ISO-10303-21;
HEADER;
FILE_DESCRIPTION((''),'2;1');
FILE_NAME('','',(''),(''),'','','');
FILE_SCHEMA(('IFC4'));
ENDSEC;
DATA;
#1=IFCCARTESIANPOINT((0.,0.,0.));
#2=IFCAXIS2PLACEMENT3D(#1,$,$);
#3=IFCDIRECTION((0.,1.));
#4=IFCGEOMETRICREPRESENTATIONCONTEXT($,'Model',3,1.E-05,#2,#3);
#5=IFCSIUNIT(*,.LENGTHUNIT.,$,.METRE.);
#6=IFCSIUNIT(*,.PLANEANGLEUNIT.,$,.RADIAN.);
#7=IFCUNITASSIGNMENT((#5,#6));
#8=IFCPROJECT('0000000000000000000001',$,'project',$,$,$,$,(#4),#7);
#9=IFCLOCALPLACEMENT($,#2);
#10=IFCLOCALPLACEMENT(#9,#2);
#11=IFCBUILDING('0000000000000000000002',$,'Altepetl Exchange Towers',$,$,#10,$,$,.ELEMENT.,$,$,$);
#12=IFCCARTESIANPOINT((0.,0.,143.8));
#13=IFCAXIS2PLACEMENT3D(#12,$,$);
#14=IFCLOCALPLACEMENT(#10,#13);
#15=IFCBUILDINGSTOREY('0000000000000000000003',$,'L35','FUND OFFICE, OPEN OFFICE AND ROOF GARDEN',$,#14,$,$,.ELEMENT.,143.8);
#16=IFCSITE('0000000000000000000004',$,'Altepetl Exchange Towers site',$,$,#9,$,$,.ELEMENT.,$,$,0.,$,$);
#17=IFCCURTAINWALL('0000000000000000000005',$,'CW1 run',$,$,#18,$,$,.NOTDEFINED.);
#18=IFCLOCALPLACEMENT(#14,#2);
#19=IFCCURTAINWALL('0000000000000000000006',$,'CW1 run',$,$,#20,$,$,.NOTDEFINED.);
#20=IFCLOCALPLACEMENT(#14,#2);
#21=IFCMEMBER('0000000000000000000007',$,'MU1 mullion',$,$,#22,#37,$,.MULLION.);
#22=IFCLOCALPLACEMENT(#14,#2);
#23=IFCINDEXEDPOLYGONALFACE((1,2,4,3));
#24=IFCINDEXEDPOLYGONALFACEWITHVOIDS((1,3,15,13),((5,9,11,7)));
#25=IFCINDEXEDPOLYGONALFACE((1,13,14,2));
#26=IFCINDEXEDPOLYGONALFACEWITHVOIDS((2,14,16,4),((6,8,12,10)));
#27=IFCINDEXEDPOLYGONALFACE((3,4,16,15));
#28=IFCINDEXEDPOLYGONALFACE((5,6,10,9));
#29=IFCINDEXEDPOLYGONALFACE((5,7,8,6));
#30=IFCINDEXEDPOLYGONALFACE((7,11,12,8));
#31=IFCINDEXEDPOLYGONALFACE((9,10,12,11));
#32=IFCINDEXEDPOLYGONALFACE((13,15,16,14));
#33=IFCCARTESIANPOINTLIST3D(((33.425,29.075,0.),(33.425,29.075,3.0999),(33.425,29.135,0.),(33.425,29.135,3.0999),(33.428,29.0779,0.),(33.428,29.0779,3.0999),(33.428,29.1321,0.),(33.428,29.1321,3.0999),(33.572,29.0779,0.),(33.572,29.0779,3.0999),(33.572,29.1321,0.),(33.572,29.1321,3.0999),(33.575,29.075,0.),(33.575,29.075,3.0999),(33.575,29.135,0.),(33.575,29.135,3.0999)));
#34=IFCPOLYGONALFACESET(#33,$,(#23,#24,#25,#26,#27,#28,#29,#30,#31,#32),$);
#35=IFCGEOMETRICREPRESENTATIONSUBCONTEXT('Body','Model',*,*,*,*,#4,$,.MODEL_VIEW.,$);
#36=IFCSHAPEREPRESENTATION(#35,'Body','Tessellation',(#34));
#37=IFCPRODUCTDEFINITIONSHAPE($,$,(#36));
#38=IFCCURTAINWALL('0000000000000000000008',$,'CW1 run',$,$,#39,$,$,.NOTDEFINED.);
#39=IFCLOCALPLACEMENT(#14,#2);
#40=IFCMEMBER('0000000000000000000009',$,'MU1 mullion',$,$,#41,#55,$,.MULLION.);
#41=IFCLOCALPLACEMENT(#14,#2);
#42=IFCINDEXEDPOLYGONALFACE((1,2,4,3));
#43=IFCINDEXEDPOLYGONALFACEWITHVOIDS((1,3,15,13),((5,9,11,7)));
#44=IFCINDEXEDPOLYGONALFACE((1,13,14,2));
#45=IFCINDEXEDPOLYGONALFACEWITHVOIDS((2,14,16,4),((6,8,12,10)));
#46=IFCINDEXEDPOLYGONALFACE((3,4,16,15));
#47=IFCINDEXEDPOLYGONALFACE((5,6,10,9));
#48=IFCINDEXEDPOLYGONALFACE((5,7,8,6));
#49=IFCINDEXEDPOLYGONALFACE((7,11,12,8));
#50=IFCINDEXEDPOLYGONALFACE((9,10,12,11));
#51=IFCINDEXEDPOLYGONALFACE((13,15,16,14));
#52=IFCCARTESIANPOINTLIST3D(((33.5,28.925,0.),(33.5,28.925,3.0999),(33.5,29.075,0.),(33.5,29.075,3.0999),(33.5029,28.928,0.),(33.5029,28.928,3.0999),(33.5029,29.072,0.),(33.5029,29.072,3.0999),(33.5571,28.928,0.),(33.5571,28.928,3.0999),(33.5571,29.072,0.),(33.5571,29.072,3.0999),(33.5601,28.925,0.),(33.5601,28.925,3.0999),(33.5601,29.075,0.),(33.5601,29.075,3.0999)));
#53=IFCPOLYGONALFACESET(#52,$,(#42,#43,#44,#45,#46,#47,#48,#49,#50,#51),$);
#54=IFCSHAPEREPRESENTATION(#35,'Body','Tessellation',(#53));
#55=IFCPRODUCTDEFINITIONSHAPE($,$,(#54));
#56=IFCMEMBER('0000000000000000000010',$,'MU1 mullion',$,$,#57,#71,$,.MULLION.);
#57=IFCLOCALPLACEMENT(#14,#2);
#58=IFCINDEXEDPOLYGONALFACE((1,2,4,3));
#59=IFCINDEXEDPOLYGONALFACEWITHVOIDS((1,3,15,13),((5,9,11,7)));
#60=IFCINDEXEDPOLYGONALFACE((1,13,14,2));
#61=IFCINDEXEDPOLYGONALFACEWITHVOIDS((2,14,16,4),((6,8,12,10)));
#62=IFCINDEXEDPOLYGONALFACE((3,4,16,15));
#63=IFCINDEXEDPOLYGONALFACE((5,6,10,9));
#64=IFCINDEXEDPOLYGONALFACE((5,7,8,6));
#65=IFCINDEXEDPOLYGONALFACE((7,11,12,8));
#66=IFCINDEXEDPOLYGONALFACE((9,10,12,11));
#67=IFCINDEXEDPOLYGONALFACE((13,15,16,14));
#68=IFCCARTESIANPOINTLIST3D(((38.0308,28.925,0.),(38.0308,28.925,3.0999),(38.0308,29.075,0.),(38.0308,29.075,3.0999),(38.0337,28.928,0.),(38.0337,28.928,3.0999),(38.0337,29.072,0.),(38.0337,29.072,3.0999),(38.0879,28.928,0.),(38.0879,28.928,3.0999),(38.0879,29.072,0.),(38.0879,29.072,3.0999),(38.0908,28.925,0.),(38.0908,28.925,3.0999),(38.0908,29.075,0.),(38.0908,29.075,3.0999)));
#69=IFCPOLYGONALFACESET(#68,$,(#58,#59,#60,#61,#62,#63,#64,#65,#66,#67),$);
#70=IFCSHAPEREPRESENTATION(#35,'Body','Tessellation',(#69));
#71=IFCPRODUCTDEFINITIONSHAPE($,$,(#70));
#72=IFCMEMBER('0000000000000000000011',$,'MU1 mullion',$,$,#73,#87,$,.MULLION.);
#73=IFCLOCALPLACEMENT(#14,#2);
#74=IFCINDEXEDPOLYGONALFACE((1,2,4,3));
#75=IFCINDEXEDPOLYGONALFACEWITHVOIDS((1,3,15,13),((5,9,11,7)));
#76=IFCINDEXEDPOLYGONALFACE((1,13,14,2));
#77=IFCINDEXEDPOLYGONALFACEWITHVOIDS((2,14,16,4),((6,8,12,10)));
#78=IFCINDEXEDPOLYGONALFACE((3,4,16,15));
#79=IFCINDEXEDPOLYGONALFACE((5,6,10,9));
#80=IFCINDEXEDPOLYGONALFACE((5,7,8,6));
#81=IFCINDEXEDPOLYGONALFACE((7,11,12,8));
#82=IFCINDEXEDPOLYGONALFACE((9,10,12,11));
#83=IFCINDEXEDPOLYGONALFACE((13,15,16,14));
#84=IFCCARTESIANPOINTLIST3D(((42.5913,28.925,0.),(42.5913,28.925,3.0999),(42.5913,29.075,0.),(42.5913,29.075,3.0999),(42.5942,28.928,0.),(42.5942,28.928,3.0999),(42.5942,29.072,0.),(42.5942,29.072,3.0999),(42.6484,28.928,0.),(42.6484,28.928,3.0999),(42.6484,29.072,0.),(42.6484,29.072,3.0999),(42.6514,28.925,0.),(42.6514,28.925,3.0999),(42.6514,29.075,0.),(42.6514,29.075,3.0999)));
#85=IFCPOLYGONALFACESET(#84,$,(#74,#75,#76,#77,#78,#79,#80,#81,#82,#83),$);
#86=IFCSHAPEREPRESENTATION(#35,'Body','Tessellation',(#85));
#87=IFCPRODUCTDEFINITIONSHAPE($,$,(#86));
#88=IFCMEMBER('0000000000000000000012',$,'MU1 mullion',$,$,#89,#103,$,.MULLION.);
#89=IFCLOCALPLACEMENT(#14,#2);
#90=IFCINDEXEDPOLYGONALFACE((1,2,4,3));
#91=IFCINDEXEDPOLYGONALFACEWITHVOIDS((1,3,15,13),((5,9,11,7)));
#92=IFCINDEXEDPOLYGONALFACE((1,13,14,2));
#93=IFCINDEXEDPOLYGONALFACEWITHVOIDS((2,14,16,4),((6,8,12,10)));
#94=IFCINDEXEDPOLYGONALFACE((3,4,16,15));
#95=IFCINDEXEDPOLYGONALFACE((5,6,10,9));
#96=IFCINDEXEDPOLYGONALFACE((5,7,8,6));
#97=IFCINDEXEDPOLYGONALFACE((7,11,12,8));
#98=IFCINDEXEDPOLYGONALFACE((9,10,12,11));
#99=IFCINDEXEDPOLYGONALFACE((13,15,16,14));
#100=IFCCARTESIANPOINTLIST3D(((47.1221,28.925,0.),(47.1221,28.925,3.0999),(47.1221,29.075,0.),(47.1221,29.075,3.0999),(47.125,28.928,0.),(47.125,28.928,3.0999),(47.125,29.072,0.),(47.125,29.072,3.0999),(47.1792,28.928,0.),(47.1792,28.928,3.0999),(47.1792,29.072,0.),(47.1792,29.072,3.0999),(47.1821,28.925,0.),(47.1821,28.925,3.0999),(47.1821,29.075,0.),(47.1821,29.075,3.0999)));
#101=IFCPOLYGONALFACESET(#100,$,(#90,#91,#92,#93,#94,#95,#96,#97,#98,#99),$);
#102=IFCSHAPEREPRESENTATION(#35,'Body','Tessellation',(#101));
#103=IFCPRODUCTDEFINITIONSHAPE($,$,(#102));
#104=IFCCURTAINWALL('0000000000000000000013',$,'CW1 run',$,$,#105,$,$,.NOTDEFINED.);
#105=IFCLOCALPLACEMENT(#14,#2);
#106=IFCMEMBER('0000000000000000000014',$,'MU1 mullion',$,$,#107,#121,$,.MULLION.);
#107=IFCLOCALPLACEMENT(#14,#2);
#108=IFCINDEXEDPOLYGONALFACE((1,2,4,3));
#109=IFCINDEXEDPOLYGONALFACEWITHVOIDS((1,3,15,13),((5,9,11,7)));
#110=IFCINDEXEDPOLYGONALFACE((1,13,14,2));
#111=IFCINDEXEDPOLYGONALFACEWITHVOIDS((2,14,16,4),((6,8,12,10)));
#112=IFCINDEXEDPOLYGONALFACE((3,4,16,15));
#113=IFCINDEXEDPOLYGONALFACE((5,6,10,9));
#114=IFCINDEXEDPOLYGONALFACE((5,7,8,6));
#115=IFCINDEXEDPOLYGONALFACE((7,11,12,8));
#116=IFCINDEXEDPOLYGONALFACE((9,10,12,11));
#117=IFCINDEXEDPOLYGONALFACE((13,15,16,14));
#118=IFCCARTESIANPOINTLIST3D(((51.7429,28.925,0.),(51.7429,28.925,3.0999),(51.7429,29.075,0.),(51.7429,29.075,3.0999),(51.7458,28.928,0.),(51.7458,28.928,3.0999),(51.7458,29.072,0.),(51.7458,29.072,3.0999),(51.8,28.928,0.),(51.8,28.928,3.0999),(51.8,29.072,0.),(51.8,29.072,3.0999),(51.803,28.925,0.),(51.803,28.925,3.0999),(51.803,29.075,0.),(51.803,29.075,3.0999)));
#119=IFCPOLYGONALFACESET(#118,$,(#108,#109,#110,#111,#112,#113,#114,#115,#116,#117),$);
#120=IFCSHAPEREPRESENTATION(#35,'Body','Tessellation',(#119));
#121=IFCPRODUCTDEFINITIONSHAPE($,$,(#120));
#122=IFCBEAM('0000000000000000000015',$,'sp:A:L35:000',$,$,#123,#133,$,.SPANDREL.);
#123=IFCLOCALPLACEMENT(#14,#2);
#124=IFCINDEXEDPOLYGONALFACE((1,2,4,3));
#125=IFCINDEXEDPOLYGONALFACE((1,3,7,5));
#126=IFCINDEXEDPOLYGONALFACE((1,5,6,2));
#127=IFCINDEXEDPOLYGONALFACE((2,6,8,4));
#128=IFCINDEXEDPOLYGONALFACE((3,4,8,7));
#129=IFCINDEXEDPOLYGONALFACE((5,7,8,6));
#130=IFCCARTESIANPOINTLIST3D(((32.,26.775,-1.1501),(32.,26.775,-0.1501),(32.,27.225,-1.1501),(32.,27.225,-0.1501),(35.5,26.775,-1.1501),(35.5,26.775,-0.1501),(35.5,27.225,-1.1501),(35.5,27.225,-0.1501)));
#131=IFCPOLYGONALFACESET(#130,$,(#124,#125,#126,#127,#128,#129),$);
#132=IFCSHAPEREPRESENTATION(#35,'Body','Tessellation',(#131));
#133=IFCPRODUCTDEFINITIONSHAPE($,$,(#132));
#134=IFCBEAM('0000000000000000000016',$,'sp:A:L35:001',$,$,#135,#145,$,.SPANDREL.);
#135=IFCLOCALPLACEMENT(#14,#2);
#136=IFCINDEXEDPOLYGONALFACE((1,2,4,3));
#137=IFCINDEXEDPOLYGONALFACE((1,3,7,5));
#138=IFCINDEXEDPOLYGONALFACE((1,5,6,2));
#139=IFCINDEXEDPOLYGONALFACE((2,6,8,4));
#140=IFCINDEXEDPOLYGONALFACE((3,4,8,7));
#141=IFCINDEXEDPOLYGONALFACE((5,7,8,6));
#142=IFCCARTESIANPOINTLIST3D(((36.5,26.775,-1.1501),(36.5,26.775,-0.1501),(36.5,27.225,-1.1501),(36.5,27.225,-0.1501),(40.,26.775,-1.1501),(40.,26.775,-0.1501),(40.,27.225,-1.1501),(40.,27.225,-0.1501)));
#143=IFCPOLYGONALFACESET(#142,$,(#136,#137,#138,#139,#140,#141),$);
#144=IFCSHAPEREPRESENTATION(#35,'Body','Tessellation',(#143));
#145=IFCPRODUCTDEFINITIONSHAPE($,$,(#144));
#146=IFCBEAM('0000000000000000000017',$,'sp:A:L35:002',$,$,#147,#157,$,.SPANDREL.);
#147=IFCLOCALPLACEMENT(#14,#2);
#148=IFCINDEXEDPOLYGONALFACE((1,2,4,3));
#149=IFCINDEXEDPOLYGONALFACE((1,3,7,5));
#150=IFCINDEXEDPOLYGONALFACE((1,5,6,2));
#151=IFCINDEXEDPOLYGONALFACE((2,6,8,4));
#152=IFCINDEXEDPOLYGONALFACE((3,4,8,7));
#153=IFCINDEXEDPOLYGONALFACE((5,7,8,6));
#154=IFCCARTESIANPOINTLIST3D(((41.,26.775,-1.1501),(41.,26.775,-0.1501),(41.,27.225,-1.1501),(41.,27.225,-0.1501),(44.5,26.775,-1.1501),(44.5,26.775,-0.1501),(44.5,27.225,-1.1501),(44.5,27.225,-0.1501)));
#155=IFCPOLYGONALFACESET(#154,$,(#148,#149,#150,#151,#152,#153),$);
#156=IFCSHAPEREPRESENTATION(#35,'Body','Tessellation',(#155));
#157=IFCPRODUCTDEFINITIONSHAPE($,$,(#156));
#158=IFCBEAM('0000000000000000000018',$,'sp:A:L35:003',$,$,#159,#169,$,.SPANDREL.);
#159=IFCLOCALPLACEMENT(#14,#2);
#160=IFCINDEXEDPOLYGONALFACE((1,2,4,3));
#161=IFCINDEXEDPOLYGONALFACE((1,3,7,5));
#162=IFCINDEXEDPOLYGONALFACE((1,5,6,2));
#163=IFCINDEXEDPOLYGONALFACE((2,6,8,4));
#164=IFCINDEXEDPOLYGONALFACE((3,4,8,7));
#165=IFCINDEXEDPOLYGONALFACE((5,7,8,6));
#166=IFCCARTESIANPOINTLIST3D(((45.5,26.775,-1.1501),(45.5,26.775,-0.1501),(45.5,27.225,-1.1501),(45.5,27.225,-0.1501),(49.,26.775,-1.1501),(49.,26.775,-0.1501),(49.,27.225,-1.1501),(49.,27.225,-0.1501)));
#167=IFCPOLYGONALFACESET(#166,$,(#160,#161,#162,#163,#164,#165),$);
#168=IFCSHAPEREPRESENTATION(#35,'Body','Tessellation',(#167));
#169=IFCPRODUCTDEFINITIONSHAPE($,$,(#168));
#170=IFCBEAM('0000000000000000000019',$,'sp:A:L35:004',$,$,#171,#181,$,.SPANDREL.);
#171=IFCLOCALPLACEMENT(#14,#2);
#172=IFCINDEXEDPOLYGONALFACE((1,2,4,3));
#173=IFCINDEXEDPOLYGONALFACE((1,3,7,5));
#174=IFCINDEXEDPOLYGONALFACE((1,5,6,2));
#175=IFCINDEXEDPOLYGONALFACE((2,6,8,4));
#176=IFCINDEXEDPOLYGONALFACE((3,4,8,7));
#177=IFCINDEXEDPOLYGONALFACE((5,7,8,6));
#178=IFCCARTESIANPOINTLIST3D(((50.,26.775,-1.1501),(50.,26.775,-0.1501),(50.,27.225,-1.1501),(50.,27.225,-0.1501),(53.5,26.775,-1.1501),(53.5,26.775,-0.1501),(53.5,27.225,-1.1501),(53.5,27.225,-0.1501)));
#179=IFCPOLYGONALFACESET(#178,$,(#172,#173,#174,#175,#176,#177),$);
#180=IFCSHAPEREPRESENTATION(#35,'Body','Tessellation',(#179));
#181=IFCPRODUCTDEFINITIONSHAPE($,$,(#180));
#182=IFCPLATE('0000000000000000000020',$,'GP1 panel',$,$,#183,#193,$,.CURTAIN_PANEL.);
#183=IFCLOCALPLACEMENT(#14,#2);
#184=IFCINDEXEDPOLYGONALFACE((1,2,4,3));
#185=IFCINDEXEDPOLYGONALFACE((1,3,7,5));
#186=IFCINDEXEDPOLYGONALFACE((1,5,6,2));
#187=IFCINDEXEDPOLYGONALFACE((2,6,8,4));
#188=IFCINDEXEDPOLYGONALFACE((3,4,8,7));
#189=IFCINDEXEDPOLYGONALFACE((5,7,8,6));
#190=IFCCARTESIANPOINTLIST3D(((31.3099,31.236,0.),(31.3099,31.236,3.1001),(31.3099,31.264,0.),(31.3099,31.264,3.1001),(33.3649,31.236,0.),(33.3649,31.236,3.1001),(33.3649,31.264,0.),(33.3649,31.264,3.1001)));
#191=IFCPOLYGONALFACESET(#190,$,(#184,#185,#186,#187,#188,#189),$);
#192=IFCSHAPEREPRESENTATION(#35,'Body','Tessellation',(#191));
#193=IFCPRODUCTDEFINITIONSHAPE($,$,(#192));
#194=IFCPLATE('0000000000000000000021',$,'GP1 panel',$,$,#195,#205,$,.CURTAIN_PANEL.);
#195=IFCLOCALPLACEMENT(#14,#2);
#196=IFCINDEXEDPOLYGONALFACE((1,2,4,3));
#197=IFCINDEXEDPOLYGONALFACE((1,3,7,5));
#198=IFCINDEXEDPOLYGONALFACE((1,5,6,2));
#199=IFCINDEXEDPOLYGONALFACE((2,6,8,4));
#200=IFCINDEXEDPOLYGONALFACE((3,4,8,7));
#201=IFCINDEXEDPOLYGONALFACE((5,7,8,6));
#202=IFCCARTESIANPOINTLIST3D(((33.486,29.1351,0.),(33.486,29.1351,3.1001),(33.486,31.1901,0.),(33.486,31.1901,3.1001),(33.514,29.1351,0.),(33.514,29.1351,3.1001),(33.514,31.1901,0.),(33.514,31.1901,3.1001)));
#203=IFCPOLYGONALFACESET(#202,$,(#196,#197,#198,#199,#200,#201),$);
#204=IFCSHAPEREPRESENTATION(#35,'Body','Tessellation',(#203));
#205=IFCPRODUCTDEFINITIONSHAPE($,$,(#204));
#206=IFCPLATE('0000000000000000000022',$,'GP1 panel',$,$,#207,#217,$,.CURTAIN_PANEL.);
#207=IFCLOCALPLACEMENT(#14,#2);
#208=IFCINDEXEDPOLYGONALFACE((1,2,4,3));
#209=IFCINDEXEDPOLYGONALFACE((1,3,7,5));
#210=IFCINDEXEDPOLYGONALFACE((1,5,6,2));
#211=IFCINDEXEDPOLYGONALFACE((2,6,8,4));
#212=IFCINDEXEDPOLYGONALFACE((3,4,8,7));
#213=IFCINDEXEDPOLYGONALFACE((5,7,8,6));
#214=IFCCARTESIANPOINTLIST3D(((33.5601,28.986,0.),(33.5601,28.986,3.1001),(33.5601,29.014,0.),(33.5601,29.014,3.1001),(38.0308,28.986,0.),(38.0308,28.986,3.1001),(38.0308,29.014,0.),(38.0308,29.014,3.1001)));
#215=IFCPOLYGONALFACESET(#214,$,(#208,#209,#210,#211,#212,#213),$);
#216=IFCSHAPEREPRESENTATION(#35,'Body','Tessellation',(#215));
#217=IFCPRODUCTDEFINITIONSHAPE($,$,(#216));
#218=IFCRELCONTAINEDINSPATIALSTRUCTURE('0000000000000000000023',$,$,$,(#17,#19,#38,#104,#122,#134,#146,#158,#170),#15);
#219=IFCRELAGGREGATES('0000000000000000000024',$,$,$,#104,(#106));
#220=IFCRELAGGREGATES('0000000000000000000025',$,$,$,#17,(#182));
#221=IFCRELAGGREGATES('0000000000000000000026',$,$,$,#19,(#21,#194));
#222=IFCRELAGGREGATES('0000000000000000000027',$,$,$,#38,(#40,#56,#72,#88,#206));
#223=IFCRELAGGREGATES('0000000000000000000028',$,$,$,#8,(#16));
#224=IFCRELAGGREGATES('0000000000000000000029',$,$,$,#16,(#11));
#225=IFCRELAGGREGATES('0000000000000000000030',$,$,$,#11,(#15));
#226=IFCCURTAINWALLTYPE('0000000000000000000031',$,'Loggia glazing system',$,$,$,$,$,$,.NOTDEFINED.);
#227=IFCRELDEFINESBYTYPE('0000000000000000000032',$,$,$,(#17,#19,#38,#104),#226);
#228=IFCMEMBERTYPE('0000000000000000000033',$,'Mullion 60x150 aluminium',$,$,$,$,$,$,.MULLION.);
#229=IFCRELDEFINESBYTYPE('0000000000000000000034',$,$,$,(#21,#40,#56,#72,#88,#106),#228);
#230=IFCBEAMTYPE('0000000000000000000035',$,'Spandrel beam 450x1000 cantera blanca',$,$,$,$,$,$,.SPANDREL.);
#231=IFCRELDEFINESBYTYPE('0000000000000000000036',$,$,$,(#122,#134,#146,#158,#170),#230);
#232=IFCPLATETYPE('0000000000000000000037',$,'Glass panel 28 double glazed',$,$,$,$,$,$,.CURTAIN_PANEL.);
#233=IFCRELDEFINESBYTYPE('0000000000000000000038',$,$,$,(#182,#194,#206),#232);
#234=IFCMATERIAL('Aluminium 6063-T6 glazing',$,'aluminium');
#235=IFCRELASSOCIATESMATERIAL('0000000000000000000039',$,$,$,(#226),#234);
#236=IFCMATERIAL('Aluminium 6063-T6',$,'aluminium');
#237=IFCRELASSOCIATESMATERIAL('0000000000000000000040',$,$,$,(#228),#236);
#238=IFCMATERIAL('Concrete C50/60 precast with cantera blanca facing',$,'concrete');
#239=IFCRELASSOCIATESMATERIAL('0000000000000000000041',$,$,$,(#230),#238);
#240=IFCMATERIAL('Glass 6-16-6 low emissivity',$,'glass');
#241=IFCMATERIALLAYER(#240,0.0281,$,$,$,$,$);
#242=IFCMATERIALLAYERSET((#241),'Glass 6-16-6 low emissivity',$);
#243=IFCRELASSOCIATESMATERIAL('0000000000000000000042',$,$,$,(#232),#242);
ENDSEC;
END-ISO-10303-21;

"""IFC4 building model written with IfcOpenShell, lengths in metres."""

from ifc_helpers import new_model, si_unit, direction, frame, origin, origin_2d, place, context, subcontext, project, spatial, rectangle, hollow_rectangle, extrude, material, layer, layer_set, material_profile, profile_set, type_object, element, aggregate, save


model = new_model("IFC4")

# Units and contexts
model_context = context("Model", 3, precision=1e-05, world=origin(), true_north=direction((0.0, 1.0)))
body_context = subcontext(model_context, "Body", "Model", "MODEL_VIEW")
ifc_project = project(units=[si_unit("LENGTHUNIT", "METRE"), si_unit("PLANEANGLEUNIT", "RADIAN")], contexts=[model_context])

# Site, building, storey
site_placement = place(None, origin())
site = spatial("IfcSite", under=ifc_project, at=site_placement, Name="Altepetl Exchange Towers site", CompositionType="ELEMENT", RefElevation=0.0)
building_placement = place(site_placement, origin())
building = spatial("IfcBuilding", under=site, at=building_placement, Name="Altepetl Exchange Towers", CompositionType="ELEMENT")
storey_placement = place(building_placement, frame((0.0, 0.0, 143.8)))
storey = spatial("IfcBuildingStorey", under=building, at=storey_placement, Name="L35", Description="FUND OFFICE, OPEN OFFICE AND ROOF GARDEN", CompositionType="ELEMENT", Elevation=143.8)

# Curtain wall
ifc_material_1 = material(Name="Aluminium 6063-T6 glazing", Category="aluminium")
curtain_wall_type = type_object("IfcCurtainWallType", Name="Loggia glazing system", PredefinedType="NOTDEFINED", material=ifc_material_1)
ifc_material_2 = material(Name="Aluminium 6063-T6", Category="aluminium")
ifc_material_profile_1 = material_profile(ifc_material_2, hollow_rectangle(XDim=0.0601, YDim=0.1499, WallThickness=0.0029, at=origin_2d()), Name="Mullion 60x150 aluminium")
ifc_profile_set_1 = profile_set([ifc_material_profile_1], Name="Aluminium 6063-T6")
member_type = type_object("IfcMemberType", Name="Mullion 60x150 aluminium", PredefinedType="MULLION", material=ifc_profile_set_1)
curtain_wall_1_placement = place(storey_placement, origin())
curtain_wall_1 = element("IfcCurtainWall", 1, at=curtain_wall_1_placement, inside=storey, type_object=curtain_wall_type, Name="CW1 run", PredefinedType="NOTDEFINED")

# Curtain walls, members
curtain_wall_2_placement = place(storey_placement, origin())
curtain_wall_2 = element("IfcCurtainWall", 2, at=curtain_wall_2_placement, inside=storey, type_object=curtain_wall_type, Name="CW1 run", PredefinedType="NOTDEFINED")
member_1_placement = place(storey_placement, frame((33.5, 29.105, 0.0), z_axis=(0.0, 0.0, 1.0), x_axis=(0.0, -1.0, 0.0)))
member_1 = element("IfcMember", 3, at=member_1_placement, type_object=member_type, Name="MU1 mullion", PredefinedType="MULLION", context=body_context, shape_type="SweptSolid", body=[
    extrude(hollow_rectangle(XDim=0.0601, YDim=0.1499, WallThickness=0.0029, at=origin_2d()), origin(), (0.0, 0.0, 1.0), 3.0999),
])
curtain_wall_3_placement = place(storey_placement, origin())
curtain_wall_3 = element("IfcCurtainWall", 4, at=curtain_wall_3_placement, inside=storey, type_object=curtain_wall_type, Name="CW1 run", PredefinedType="NOTDEFINED")
member_2_placement = place(storey_placement, frame((33.53, 29.0, 0.0)))
member_2 = element("IfcMember", 5, at=member_2_placement, type_object=member_type, Name="MU1 mullion", PredefinedType="MULLION", context=body_context, shape_type="SweptSolid", body=[
    extrude(hollow_rectangle(XDim=0.0601, YDim=0.1499, WallThickness=0.0029, at=origin_2d()), origin(), (0.0, 0.0, 1.0), 3.0999),
])
member_3_placement = place(storey_placement, frame((38.0608, 29.0, 0.0)))
member_3 = element("IfcMember", 6, at=member_3_placement, type_object=member_type, Name="MU1 mullion", PredefinedType="MULLION", context=body_context, shape_type="SweptSolid", body=[
    extrude(hollow_rectangle(XDim=0.0601, YDim=0.1499, WallThickness=0.0029, at=origin_2d()), origin(), (0.0, 0.0, 1.0), 3.0999),
])
member_4_placement = place(storey_placement, frame((42.6213, 29.0, 0.0)))
member_4 = element("IfcMember", 7, at=member_4_placement, type_object=member_type, Name="MU1 mullion", PredefinedType="MULLION", context=body_context, shape_type="SweptSolid", body=[
    extrude(hollow_rectangle(XDim=0.0601, YDim=0.1499, WallThickness=0.0029, at=origin_2d()), origin(), (0.0, 0.0, 1.0), 3.0999),
])
member_5_placement = place(storey_placement, frame((47.1521, 29.0, 0.0)))
member_5 = element("IfcMember", 8, at=member_5_placement, type_object=member_type, Name="MU1 mullion", PredefinedType="MULLION", context=body_context, shape_type="SweptSolid", body=[
    extrude(hollow_rectangle(XDim=0.0601, YDim=0.1499, WallThickness=0.0029, at=origin_2d()), origin(), (0.0, 0.0, 1.0), 3.0999),
])

# Curtain wall, member
curtain_wall_4_placement = place(storey_placement, origin())
curtain_wall_4 = element("IfcCurtainWall", 9, at=curtain_wall_4_placement, inside=storey, type_object=curtain_wall_type, Name="CW1 run", PredefinedType="NOTDEFINED")
member_6_placement = place(storey_placement, frame((51.7729, 29.0, 0.0)))
member_6 = element("IfcMember", 10, at=member_6_placement, type_object=member_type, Name="MU1 mullion", PredefinedType="MULLION", context=body_context, shape_type="SweptSolid", body=[
    extrude(hollow_rectangle(XDim=0.0601, YDim=0.1499, WallThickness=0.0029, at=origin_2d()), origin(), (0.0, 0.0, 1.0), 3.0999),
])
aggregate(curtain_wall_4, [member_6])

# Beams
ifc_material_3 = material(Name="Concrete C50/60 precast with cantera blanca facing", Category="concrete")
ifc_material_profile_2 = material_profile(ifc_material_3, rectangle(XDim=0.45, YDim=1.0, at=origin_2d()), Name="450 x 1000")
ifc_profile_set_2 = profile_set([ifc_material_profile_2], Name="Concrete C50/60 precast with cantera blanca facing")
beam_type_1 = type_object("IfcBeamType", Name="Spandrel beam 450x1000 cantera blanca", PredefinedType="SPANDREL", material=ifc_profile_set_2)
for number, where, z_axis, x_axis, name in (
    (11, (32.0, 27.0, -0.6501), (1.0, 0.0, 0.0), (0.0, 1.0, 0.0), "sp:A:L35:000"),
    (12, (36.5, 27.0, -0.6501), (1.0, 0.0, 0.0), (0.0, 1.0, 0.0), "sp:A:L35:001"),
    (13, (41.0, 27.0, -0.6501), (1.0, 0.0, 0.0), (0.0, 1.0, 0.0), "sp:A:L35:002"),
    (14, (45.5, 27.0, -0.6501), (1.0, 0.0, 0.0), (0.0, 1.0, 0.0), "sp:A:L35:003"),
    (15, (50.0, 27.0, -0.6501), (1.0, 0.0, 0.0), (0.0, 1.0, 0.0), "sp:A:L35:004"),
):
    element("IfcBeam", number, at=place(storey_placement, frame(where, z_axis=z_axis, x_axis=x_axis)), inside=storey, type_object=beam_type_1, Name=name, PredefinedType="SPANDREL", context=body_context, shape_type="SweptSolid", body=[
        extrude(rectangle(XDim=0.45, YDim=1.0, at=origin_2d()), origin(), (0.0, 0.0, 1.0), 3.5),
    ])

# Plates
ifc_material_4 = material(Name="Glass 6-16-6 low emissivity", Category="glass")
ifc_layer_1 = layer(ifc_material_4, 0.0281)
ifc_layer_set_1 = layer_set([ifc_layer_1], Name="Glass 6-16-6 low emissivity")
plate_type = type_object("IfcPlateType", Name="Glass panel 28 double glazed", PredefinedType="CURTAIN_PANEL", material=ifc_layer_set_1)
plate_1_placement = place(storey_placement, frame((32.3374, 31.25, 0.0)))
plate_1 = element("IfcPlate", 16, at=plate_1_placement, type_object=plate_type, Name="GP1 panel", PredefinedType="CURTAIN_PANEL", context=body_context, shape_type="SweptSolid", body=[
    extrude(rectangle(XDim=2.0549, YDim=0.0281, at=origin_2d()), origin(), (0.0, 0.0, 1.0), 3.1001),
])
aggregate(curtain_wall_1, [plate_1])
plate_2_placement = place(storey_placement, frame((33.5, 30.1626, 0.0), z_axis=(0.0, 0.0, 1.0), x_axis=(0.0, -1.0, 0.0)))
plate_2 = element("IfcPlate", 17, at=plate_2_placement, type_object=plate_type, Name="GP1 panel", PredefinedType="CURTAIN_PANEL", context=body_context, shape_type="SweptSolid", body=[
    extrude(rectangle(XDim=2.0549, YDim=0.0281, at=origin_2d()), origin(), (0.0, 0.0, 1.0), 3.1001),
])
aggregate(curtain_wall_2, [member_1, plate_2])
plate_3_placement = place(storey_placement, frame((35.7954, 29.0, 0.0)))
plate_3 = element("IfcPlate", 18, at=plate_3_placement, type_object=plate_type, Name="GP1 panel", PredefinedType="CURTAIN_PANEL", context=body_context, shape_type="SweptSolid", body=[
    extrude(rectangle(XDim=4.4707, YDim=0.0281, at=origin_2d()), origin(), (0.0, 0.0, 1.0), 3.1001),
])
aggregate(curtain_wall_3, [member_2, member_3, member_4, member_5, plate_3])

save(model, "model.ifc")
